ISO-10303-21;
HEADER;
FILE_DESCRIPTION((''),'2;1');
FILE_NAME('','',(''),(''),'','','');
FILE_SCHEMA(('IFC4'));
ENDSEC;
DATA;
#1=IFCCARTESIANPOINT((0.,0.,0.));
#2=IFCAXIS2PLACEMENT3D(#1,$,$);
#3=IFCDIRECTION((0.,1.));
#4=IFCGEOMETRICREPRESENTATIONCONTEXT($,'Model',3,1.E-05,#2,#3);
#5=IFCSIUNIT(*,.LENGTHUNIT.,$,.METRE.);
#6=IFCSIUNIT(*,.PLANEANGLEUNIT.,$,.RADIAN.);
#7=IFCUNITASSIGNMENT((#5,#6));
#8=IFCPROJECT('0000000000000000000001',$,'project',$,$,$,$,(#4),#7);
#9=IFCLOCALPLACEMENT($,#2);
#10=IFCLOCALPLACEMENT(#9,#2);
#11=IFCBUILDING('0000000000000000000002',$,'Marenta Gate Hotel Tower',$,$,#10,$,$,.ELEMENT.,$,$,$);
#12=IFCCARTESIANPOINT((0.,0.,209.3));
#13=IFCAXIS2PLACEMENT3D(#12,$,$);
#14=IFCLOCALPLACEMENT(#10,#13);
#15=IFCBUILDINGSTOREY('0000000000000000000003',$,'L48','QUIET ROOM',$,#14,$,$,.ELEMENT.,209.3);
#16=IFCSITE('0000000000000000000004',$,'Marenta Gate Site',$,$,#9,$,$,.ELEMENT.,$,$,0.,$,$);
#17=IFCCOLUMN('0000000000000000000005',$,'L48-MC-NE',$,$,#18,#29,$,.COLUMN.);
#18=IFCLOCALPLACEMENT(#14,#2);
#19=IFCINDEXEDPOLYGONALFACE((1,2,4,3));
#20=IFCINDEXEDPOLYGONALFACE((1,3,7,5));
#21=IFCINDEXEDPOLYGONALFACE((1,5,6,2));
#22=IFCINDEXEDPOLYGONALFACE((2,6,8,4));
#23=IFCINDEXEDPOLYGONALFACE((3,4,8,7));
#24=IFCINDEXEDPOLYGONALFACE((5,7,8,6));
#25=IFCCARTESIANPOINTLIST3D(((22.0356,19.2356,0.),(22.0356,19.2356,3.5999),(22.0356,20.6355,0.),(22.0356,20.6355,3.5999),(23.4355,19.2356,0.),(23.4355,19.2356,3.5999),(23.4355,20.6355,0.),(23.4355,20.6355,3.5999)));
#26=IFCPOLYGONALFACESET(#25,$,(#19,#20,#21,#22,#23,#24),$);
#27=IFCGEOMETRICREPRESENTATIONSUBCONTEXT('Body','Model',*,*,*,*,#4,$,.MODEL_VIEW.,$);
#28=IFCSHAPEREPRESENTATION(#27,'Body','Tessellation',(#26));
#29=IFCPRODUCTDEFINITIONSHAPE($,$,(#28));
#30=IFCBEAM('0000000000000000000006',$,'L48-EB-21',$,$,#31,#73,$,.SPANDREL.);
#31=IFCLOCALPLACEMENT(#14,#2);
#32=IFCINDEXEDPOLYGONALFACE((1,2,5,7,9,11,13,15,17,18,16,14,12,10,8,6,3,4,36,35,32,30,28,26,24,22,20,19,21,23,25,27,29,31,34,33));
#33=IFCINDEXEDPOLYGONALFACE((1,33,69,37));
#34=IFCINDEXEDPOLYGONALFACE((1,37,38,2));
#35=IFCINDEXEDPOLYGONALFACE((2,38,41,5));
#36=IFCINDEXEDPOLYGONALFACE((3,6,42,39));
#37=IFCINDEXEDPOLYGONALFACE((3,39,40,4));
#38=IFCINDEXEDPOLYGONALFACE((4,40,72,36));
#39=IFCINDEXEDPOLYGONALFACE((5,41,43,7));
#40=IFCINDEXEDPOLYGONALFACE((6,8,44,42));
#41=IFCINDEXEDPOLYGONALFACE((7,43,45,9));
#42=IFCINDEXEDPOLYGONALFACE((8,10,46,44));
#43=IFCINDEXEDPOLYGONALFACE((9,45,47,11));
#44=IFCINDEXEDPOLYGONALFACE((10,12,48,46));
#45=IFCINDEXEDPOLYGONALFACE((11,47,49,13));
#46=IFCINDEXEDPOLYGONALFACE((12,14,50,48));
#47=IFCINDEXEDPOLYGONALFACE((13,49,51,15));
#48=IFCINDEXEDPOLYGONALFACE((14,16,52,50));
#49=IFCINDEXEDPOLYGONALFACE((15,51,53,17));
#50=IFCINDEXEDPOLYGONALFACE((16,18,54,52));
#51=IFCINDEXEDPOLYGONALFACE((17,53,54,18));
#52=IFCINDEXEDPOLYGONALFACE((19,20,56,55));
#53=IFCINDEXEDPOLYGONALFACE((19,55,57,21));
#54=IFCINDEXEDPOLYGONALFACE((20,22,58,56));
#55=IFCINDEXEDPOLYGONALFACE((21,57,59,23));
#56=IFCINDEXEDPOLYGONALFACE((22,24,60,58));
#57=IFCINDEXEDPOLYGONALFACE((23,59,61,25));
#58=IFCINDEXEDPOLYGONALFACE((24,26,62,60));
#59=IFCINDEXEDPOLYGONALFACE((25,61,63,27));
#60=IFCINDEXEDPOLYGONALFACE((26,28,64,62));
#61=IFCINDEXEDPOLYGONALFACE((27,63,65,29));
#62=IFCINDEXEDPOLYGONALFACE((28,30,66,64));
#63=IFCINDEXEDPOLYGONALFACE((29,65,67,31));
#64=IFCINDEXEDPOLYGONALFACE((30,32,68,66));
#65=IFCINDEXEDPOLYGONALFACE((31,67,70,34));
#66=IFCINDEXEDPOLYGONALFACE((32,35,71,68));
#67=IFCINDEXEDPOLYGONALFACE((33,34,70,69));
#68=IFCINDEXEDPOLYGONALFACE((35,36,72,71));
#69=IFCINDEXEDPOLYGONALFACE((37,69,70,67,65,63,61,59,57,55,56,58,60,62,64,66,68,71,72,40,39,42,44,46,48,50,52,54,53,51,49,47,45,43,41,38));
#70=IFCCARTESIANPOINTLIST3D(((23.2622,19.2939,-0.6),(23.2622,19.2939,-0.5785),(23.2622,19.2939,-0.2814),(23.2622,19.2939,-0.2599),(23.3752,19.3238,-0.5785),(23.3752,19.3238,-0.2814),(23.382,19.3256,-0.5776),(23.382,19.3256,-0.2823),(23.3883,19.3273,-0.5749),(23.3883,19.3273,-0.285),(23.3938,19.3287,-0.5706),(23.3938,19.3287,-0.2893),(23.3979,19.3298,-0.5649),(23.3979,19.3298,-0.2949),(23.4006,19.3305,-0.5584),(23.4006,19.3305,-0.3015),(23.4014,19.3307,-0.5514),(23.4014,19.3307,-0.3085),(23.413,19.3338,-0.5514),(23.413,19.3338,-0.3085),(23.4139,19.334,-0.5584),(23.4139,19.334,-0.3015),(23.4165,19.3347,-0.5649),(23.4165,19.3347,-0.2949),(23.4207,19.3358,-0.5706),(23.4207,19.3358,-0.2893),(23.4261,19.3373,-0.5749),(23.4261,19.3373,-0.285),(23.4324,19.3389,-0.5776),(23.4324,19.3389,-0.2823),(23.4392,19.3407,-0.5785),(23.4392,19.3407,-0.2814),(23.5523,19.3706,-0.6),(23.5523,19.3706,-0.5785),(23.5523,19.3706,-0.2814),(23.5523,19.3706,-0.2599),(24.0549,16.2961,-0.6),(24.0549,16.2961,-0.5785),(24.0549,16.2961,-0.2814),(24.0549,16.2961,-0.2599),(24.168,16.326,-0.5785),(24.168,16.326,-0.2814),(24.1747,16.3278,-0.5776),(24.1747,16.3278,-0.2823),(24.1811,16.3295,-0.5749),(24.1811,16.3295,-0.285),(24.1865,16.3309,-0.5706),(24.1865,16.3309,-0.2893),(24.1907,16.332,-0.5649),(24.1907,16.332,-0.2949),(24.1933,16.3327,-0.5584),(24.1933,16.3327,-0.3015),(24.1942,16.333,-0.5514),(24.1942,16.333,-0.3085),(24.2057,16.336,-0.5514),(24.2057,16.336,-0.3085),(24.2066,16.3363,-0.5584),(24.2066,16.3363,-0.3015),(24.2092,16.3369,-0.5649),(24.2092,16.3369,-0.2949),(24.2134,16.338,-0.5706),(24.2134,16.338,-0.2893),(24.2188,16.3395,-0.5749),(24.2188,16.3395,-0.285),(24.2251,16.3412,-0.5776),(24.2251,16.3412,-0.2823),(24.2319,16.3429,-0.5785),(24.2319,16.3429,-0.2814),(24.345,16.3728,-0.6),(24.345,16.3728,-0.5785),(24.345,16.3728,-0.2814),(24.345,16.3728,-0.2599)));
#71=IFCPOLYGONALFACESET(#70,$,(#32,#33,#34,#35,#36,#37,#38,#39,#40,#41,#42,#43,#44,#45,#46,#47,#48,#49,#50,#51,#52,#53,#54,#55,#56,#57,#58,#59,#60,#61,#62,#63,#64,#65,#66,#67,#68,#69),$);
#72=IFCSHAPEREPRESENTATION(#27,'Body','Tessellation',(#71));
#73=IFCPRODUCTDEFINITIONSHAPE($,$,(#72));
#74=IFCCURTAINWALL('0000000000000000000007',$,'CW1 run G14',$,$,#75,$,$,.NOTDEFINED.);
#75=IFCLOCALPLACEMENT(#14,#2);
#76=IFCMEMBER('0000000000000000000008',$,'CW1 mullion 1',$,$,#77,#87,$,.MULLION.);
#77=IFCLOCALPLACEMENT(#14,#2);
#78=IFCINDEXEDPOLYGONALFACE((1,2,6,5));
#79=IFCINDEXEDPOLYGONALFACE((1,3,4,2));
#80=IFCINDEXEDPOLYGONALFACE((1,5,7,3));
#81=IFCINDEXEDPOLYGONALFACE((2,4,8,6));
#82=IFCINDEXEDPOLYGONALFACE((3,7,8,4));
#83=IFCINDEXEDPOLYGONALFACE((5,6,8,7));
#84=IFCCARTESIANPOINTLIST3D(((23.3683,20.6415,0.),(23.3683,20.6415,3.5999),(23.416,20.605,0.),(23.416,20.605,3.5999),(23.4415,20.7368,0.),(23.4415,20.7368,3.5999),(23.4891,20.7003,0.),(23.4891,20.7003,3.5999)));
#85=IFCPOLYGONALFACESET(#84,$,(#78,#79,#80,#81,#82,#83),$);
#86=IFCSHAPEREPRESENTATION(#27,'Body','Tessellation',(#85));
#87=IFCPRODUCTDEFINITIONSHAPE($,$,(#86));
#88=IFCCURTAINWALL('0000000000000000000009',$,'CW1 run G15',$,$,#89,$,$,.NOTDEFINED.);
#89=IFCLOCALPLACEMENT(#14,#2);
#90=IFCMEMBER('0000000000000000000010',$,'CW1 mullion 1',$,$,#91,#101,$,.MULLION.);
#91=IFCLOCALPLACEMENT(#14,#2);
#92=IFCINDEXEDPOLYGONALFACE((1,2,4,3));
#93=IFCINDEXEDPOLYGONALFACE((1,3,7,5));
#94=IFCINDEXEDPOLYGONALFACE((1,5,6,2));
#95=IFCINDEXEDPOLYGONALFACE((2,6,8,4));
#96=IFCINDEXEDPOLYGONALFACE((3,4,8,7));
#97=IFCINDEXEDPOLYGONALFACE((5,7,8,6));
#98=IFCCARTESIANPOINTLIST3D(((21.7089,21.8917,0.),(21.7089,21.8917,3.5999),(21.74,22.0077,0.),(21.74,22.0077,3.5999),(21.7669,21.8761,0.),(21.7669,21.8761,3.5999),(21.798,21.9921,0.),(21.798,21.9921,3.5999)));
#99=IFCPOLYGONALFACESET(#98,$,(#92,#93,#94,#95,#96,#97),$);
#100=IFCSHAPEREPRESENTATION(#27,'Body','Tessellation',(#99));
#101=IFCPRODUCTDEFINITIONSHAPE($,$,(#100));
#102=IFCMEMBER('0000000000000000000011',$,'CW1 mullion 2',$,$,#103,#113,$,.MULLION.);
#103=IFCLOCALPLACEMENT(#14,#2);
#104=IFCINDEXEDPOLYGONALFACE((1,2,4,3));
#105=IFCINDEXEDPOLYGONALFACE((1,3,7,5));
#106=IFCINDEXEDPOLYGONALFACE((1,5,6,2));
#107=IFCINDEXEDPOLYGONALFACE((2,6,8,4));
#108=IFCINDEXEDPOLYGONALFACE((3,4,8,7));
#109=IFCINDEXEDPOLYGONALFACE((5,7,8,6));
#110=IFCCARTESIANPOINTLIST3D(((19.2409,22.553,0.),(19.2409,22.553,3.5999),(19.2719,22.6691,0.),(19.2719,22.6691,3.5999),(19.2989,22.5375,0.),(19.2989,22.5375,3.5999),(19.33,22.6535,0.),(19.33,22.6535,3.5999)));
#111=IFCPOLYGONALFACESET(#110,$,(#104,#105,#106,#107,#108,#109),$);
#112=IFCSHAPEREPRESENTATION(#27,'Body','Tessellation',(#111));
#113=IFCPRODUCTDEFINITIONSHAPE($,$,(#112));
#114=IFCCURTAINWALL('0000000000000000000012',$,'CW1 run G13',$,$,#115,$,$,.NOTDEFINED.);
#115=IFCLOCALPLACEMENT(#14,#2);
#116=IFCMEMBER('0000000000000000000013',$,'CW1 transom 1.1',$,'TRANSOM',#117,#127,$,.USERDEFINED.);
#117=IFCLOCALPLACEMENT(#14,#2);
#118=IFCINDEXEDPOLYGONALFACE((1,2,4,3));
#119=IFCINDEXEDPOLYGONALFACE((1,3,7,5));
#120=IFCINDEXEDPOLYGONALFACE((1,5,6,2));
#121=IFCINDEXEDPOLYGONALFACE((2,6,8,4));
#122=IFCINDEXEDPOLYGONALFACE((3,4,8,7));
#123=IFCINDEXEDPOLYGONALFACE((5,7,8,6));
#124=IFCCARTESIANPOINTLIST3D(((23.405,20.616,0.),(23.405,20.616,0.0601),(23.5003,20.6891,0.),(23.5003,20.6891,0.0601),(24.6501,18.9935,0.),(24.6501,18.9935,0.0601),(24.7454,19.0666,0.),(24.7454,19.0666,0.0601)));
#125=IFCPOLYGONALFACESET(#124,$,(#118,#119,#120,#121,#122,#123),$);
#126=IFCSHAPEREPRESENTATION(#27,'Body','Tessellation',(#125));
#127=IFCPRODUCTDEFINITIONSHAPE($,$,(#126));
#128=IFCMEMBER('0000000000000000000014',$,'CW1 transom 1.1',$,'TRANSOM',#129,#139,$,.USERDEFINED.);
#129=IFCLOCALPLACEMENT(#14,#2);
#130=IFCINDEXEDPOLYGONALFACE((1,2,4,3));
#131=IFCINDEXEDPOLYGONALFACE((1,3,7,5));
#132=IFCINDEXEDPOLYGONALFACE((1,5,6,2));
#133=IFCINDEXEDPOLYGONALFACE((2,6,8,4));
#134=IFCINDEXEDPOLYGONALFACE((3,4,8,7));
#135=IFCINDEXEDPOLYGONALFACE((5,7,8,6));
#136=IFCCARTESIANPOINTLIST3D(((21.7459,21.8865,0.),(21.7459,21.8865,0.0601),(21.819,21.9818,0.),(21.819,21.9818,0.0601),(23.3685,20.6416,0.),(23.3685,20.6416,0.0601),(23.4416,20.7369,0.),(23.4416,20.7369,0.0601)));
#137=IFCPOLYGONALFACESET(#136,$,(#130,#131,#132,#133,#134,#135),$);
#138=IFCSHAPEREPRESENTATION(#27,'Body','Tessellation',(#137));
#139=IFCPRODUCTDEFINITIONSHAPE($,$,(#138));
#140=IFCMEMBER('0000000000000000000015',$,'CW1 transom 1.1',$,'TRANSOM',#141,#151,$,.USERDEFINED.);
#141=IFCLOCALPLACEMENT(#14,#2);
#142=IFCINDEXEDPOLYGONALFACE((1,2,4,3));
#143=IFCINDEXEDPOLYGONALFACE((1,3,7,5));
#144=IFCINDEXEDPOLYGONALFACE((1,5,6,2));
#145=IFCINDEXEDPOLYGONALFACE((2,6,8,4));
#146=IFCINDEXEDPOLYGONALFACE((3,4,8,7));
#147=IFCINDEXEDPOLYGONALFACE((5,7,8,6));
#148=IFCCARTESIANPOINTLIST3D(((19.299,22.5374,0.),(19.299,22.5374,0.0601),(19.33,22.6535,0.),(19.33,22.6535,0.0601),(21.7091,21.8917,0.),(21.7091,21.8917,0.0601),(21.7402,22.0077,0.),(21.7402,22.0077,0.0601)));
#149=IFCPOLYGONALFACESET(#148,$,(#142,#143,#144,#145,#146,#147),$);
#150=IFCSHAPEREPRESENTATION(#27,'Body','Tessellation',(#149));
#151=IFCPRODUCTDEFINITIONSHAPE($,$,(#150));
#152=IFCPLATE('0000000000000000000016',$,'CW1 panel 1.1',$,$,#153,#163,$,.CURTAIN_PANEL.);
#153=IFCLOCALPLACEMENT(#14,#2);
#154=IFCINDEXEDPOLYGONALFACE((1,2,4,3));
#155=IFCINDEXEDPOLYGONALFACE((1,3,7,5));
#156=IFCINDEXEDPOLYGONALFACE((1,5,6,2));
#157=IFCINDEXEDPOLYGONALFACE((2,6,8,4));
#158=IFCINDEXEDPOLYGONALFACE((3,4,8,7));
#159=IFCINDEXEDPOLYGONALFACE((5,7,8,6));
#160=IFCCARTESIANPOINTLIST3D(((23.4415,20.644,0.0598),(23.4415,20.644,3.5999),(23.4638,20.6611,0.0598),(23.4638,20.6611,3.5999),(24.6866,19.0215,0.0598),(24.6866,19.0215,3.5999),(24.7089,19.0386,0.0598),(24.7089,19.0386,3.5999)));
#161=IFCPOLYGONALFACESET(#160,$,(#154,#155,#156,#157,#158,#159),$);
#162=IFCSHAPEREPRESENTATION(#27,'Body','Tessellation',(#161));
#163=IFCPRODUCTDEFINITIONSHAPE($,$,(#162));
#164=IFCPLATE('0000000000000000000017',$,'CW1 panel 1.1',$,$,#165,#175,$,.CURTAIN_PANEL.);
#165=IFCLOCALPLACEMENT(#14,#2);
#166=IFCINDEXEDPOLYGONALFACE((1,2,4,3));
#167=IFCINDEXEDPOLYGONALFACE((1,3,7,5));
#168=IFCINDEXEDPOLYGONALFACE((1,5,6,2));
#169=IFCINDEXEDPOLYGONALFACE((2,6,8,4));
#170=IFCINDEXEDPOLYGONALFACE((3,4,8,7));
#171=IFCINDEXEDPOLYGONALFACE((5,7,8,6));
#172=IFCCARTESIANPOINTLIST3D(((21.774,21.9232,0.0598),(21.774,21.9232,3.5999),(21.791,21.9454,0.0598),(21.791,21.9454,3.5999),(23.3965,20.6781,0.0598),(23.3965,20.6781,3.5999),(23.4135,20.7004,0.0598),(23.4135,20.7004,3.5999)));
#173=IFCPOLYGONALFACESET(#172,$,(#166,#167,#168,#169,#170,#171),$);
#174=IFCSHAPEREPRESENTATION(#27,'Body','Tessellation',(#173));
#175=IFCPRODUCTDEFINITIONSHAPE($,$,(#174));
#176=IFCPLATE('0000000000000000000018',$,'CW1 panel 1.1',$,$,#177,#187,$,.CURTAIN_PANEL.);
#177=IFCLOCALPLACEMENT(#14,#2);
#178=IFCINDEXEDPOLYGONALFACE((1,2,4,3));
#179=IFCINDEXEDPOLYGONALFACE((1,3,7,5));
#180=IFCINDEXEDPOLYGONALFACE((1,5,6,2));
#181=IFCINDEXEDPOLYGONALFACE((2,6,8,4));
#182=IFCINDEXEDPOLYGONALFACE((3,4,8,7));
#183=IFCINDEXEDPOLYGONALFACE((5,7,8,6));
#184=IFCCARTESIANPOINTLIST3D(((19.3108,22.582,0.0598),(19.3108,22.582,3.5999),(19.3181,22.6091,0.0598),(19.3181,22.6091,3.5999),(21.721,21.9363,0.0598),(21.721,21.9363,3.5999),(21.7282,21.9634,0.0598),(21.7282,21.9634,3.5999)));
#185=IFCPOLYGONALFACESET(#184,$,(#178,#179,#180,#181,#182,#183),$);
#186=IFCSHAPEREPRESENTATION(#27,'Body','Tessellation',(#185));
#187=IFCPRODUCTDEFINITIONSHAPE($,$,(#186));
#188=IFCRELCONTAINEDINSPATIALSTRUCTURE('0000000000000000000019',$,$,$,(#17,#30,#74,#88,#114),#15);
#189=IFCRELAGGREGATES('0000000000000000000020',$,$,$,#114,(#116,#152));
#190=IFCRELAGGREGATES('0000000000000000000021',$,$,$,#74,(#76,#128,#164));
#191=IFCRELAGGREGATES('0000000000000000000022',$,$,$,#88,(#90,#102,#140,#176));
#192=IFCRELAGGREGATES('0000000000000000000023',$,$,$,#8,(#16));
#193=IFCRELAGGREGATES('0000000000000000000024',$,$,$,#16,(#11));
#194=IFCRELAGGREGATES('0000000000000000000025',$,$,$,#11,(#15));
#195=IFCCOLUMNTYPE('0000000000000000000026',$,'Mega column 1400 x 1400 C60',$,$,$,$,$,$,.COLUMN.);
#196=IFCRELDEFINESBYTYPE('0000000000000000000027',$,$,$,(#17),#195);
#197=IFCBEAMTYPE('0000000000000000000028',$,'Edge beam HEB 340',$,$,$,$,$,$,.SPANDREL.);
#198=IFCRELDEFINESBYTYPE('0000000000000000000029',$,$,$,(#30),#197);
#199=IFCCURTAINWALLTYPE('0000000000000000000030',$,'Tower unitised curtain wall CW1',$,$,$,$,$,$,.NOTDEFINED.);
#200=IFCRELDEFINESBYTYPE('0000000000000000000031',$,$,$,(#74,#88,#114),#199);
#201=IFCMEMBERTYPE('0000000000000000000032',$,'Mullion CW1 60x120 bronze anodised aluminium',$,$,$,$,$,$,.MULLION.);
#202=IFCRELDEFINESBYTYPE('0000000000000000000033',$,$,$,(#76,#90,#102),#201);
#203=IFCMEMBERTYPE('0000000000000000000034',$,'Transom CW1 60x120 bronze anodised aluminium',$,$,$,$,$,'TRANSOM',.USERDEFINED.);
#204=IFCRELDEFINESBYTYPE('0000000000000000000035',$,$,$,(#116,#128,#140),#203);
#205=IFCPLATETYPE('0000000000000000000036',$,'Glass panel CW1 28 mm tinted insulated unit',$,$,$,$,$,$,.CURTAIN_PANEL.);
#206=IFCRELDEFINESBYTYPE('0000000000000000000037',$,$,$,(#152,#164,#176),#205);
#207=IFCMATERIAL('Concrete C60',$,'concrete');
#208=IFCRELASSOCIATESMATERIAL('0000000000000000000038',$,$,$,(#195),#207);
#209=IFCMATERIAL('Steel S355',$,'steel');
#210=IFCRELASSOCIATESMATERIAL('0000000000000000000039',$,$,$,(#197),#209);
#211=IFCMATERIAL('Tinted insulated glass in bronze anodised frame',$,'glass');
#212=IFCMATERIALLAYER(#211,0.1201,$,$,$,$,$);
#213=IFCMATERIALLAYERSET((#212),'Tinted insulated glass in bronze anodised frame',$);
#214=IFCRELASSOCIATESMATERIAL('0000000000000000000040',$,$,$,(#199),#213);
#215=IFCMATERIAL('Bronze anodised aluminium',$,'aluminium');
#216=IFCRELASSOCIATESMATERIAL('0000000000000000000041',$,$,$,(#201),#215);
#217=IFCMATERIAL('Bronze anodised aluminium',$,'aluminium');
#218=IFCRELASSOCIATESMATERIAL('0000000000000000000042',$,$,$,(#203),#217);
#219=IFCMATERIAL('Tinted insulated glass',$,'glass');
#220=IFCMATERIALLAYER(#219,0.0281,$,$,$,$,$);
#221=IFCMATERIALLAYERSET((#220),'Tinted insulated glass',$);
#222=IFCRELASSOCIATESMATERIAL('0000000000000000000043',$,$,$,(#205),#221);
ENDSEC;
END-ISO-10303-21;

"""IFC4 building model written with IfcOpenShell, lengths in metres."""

from ifc_helpers import new_model, si_unit, direction, frame, origin, origin_2d, place, context, subcontext, project, spatial, rectangle, i_section, extrude, material, layer, layer_set, material_profile, profile_set, type_object, element, aggregate, save


model = new_model("IFC4")

# Units and contexts
model_context = context("Model", 3, precision=1e-05, world=origin(), true_north=direction((0.0, 1.0)))
body_context = subcontext(model_context, "Body", "Model", "MODEL_VIEW")
ifc_project = project(units=[si_unit("LENGTHUNIT", "METRE"), si_unit("PLANEANGLEUNIT", "RADIAN")], contexts=[model_context])

# Site, building, storey
site_placement = place(None, origin())
site = spatial("IfcSite", under=ifc_project, at=site_placement, Name="Marenta Gate Site", CompositionType="ELEMENT", RefElevation=0.0)
building_placement = place(site_placement, origin())
building = spatial("IfcBuilding", under=site, at=building_placement, Name="Marenta Gate Hotel Tower", CompositionType="ELEMENT")
storey_placement = place(building_placement, frame((0.0, 0.0, 209.3)))
storey = spatial("IfcBuildingStorey", under=building, at=storey_placement, Name="L48", Description="QUIET ROOM", CompositionType="ELEMENT", Elevation=209.3)

# Column
ifc_material_1 = material(Name="Concrete C60", Category="concrete")
ifc_material_profile_1 = material_profile(ifc_material_1, rectangle(XDim=1.3999, YDim=1.3999, at=origin_2d()), Name="1400 x 1400")
ifc_profile_set_1 = profile_set([ifc_material_profile_1], Name="Concrete C60")
column_type = type_object("IfcColumnType", Name="Mega column 1400 x 1400 C60", PredefinedType="COLUMN", material=ifc_profile_set_1)
column_placement = place(storey_placement, frame((22.7356, 19.9355, 0.0), z_axis=(0.0, 0.0, 1.0), x_axis=(1.0, 0.0, 0.0)))
element("IfcColumn", 1, at=column_placement, inside=storey, type_object=column_type, Name="L48-MC-NE", PredefinedType="COLUMN", context=body_context, shape_type="SweptSolid", body=[
    extrude(rectangle(XDim=1.3999, YDim=1.3999, at=origin_2d()), origin(), (0.0, 0.0, 1.0), 3.5999),
])

# Beam
ifc_material_2 = material(Name="Steel S355", Category="steel")
ifc_material_profile_2 = material_profile(ifc_material_2, i_section(OverallWidth=0.3, OverallDepth=0.3401, WebThickness=0.012, FlangeThickness=0.0215, FilletRadius=0.0271, at=origin_2d()), Name="HEB 340")
ifc_profile_set_2 = profile_set([ifc_material_profile_2], Name="Steel S355")
beam_type = type_object("IfcBeamType", Name="Edge beam HEB 340", PredefinedType="SPANDREL", material=ifc_profile_set_2)
beam_placement = place(storey_placement, frame((23.4072, 19.3323, -0.4299), z_axis=(0.255648, -0.96677, 0.0), x_axis=(0.96677, 0.255648, 0.0)))
element("IfcBeam", 2, at=beam_placement, inside=storey, type_object=beam_type, Name="L48-EB-21", PredefinedType="SPANDREL", context=body_context, shape_type="SweptSolid", body=[
    extrude(i_section(OverallWidth=0.3, OverallDepth=0.3401, WebThickness=0.012, FlangeThickness=0.0215, FilletRadius=0.0271, at=origin_2d()), origin(), (0.0, 0.0, 1.0), 3.1008),
])

# Curtain wall, member
ifc_material_3 = material(Name="Tinted insulated glass in bronze anodised frame", Category="glass")
ifc_layer_1 = layer(ifc_material_3, 0.1201)
ifc_layer_set_1 = layer_set([ifc_layer_1], Name="Tinted insulated glass in bronze anodised frame")
curtain_wall_type = type_object("IfcCurtainWallType", Name="Tower unitised curtain wall CW1", PredefinedType="NOTDEFINED", material=ifc_layer_set_1)
curtain_wall_1_placement = place(storey_placement, origin())
curtain_wall_1 = element("IfcCurtainWall", 3, at=curtain_wall_1_placement, inside=storey, type_object=curtain_wall_type, Name="CW1 run G14", PredefinedType="NOTDEFINED")
ifc_material_4 = material(Name="Bronze anodised aluminium", Category="aluminium")
ifc_material_profile_3 = material_profile(ifc_material_4, rectangle(XDim=0.1201, YDim=0.0601, at=origin_2d()), Name="Mullion CW1 60x120 bronze anodised aluminium")
ifc_profile_set_3 = profile_set([ifc_material_profile_3], Name="Bronze anodised aluminium")
member_type_1 = type_object("IfcMemberType", Name="Mullion CW1 60x120 bronze anodised aluminium", PredefinedType="MULLION", material=ifc_profile_set_3)
member_1_placement = place(storey_placement, frame((23.4287, 20.6709, 0.0), z_axis=(0.0, 0.0, 1.0), x_axis=(-0.608787, -0.793333, 0.0)))
member_1 = element("IfcMember", 4, at=member_1_placement, type_object=member_type_1, Name="CW1 mullion 1", PredefinedType="MULLION", context=body_context, shape_type="SweptSolid", body=[
    extrude(rectangle(XDim=0.1201, YDim=0.0601, at=origin_2d()), origin(), (0.0, 0.0, 1.0), 3.5999),
])

# Curtain wall, members
curtain_wall_2_placement = place(storey_placement, origin())
curtain_wall_2 = element("IfcCurtainWall", 5, at=curtain_wall_2_placement, inside=storey, type_object=curtain_wall_type, Name="CW1 run G15", PredefinedType="NOTDEFINED")
member_2_placement = place(storey_placement, frame((21.7534, 21.9419, 0.0), z_axis=(0.0, 0.0, 1.0), x_axis=(-0.258805, -0.96593, 0.0)))
member_2 = element("IfcMember", 6, at=member_2_placement, type_object=member_type_1, Name="CW1 mullion 1", PredefinedType="MULLION", context=body_context, shape_type="SweptSolid", body=[
    extrude(rectangle(XDim=0.1201, YDim=0.0601, at=origin_2d()), origin(), (0.0, 0.0, 1.0), 3.5999),
])
member_3_placement = place(storey_placement, frame((19.2854, 22.6033, 0.0), z_axis=(0.0, 0.0, 1.0), x_axis=(-0.258805, -0.96593, 0.0)))
member_3 = element("IfcMember", 7, at=member_3_placement, type_object=member_type_1, Name="CW1 mullion 2", PredefinedType="MULLION", context=body_context, shape_type="SweptSolid", body=[
    extrude(rectangle(XDim=0.1201, YDim=0.0601, at=origin_2d()), origin(), (0.0, 0.0, 1.0), 3.5999),
])

# Curtain wall, member
curtain_wall_3_placement = place(storey_placement, origin())
curtain_wall_3 = element("IfcCurtainWall", 8, at=curtain_wall_3_placement, inside=storey, type_object=curtain_wall_type, Name="CW1 run G13", PredefinedType="NOTDEFINED")
ifc_material_5 = material(Name="Bronze anodised aluminium", Category="aluminium")
ifc_material_profile_4 = material_profile(ifc_material_5, rectangle(XDim=0.1201, YDim=0.0601, at=origin_2d()), Name="Transom CW1 60x120 bronze anodised aluminium")
ifc_profile_set_4 = profile_set([ifc_material_profile_4], Name="Bronze anodised aluminium")
member_type_2 = type_object("IfcMemberType", Name="Transom CW1 60x120 bronze anodised aluminium", ElementType="TRANSOM", PredefinedType="USERDEFINED", material=ifc_profile_set_4)
member_4_placement = place(storey_placement, frame((24.6978, 19.03, 0.03), z_axis=(-0.608787, 0.793333, 0.0), x_axis=(-0.793333, -0.608787, 0.0)))
member_4 = element("IfcMember", 9, at=member_4_placement, type_object=member_type_2, Name="CW1 transom 1.1", ObjectType="TRANSOM", PredefinedType="USERDEFINED", context=body_context, shape_type="SweptSolid", body=[
    extrude(rectangle(XDim=0.1201, YDim=0.0601, at=origin_2d()), origin(), (0.0, 0.0, 1.0), 2.0452),
])

# Members
member_5_placement = place(storey_placement, frame((23.405, 20.6892, 0.03), z_axis=(-0.793391, 0.608712, 0.0), x_axis=(-0.608712, -0.793391, 0.0)))
member_5 = element("IfcMember", 10, at=member_5_placement, type_object=member_type_2, Name="CW1 transom 1.1", ObjectType="TRANSOM", PredefinedType="USERDEFINED", context=body_context, shape_type="SweptSolid", body=[
    extrude(rectangle(XDim=0.1201, YDim=0.0601, at=origin_2d()), origin(), (0.0, 0.0, 1.0), 2.0452),
])
member_6_placement = place(storey_placement, frame((21.7246, 21.9497, 0.03), z_axis=(-0.965931, 0.258801, 0.0), x_axis=(-0.258801, -0.965931, 0.0)))
member_6 = element("IfcMember", 11, at=member_6_placement, type_object=member_type_2, Name="CW1 transom 1.1", ObjectType="TRANSOM", PredefinedType="USERDEFINED", context=body_context, shape_type="SweptSolid", body=[
    extrude(rectangle(XDim=0.1201, YDim=0.0601, at=origin_2d()), origin(), (0.0, 0.0, 1.0), 2.4951),
])

# Plates
ifc_material_6 = material(Name="Tinted insulated glass", Category="glass")
ifc_layer_2 = layer(ifc_material_6, 0.0281)
ifc_layer_set_2 = layer_set([ifc_layer_2], Name="Tinted insulated glass")
plate_type = type_object("IfcPlateType", Name="Glass panel CW1 28 mm tinted insulated unit", PredefinedType="CURTAIN_PANEL", material=ifc_layer_set_2)
plate_1_placement = place(storey_placement, frame((24.0752, 19.8413, 0.0598), z_axis=(0.0, 0.0, 1.0), x_axis=(-0.608787, 0.793333, 0.0)))
plate_1 = element("IfcPlate", 12, at=plate_1_placement, type_object=plate_type, Name="CW1 panel 1.1", PredefinedType="CURTAIN_PANEL", context=body_context, shape_type="SweptSolid", body=[
    extrude(rectangle(XDim=2.0452, YDim=0.0281, at=origin_2d()), origin(), (0.0, 0.0, 1.0), 3.54),
])
aggregate(curtain_wall_3, [member_4, plate_1])
plate_2_placement = place(storey_placement, frame((22.5938, 21.3118, 0.0598), z_axis=(0.0, 0.0, 1.0), x_axis=(-0.793333, 0.608787, 0.0)))
plate_2 = element("IfcPlate", 13, at=plate_2_placement, type_object=plate_type, Name="CW1 panel 1.1", PredefinedType="CURTAIN_PANEL", context=body_context, shape_type="SweptSolid", body=[
    extrude(rectangle(XDim=2.0452, YDim=0.0281, at=origin_2d()), origin(), (0.0, 0.0, 1.0), 3.54),
])
aggregate(curtain_wall_1, [member_1, member_5, plate_2])
plate_3_placement = place(storey_placement, frame((20.5195, 22.2727, 0.0598), z_axis=(0.0, 0.0, 1.0), x_axis=(-0.96593, 0.258805, 0.0)))
plate_3 = element("IfcPlate", 14, at=plate_3_placement, type_object=plate_type, Name="CW1 panel 1.1", PredefinedType="CURTAIN_PANEL", context=body_context, shape_type="SweptSolid", body=[
    extrude(rectangle(XDim=2.4951, YDim=0.0281, at=origin_2d()), origin(), (0.0, 0.0, 1.0), 3.54),
])
aggregate(curtain_wall_2, [member_2, member_3, member_6, plate_3])

save(model, "model.ifc")
